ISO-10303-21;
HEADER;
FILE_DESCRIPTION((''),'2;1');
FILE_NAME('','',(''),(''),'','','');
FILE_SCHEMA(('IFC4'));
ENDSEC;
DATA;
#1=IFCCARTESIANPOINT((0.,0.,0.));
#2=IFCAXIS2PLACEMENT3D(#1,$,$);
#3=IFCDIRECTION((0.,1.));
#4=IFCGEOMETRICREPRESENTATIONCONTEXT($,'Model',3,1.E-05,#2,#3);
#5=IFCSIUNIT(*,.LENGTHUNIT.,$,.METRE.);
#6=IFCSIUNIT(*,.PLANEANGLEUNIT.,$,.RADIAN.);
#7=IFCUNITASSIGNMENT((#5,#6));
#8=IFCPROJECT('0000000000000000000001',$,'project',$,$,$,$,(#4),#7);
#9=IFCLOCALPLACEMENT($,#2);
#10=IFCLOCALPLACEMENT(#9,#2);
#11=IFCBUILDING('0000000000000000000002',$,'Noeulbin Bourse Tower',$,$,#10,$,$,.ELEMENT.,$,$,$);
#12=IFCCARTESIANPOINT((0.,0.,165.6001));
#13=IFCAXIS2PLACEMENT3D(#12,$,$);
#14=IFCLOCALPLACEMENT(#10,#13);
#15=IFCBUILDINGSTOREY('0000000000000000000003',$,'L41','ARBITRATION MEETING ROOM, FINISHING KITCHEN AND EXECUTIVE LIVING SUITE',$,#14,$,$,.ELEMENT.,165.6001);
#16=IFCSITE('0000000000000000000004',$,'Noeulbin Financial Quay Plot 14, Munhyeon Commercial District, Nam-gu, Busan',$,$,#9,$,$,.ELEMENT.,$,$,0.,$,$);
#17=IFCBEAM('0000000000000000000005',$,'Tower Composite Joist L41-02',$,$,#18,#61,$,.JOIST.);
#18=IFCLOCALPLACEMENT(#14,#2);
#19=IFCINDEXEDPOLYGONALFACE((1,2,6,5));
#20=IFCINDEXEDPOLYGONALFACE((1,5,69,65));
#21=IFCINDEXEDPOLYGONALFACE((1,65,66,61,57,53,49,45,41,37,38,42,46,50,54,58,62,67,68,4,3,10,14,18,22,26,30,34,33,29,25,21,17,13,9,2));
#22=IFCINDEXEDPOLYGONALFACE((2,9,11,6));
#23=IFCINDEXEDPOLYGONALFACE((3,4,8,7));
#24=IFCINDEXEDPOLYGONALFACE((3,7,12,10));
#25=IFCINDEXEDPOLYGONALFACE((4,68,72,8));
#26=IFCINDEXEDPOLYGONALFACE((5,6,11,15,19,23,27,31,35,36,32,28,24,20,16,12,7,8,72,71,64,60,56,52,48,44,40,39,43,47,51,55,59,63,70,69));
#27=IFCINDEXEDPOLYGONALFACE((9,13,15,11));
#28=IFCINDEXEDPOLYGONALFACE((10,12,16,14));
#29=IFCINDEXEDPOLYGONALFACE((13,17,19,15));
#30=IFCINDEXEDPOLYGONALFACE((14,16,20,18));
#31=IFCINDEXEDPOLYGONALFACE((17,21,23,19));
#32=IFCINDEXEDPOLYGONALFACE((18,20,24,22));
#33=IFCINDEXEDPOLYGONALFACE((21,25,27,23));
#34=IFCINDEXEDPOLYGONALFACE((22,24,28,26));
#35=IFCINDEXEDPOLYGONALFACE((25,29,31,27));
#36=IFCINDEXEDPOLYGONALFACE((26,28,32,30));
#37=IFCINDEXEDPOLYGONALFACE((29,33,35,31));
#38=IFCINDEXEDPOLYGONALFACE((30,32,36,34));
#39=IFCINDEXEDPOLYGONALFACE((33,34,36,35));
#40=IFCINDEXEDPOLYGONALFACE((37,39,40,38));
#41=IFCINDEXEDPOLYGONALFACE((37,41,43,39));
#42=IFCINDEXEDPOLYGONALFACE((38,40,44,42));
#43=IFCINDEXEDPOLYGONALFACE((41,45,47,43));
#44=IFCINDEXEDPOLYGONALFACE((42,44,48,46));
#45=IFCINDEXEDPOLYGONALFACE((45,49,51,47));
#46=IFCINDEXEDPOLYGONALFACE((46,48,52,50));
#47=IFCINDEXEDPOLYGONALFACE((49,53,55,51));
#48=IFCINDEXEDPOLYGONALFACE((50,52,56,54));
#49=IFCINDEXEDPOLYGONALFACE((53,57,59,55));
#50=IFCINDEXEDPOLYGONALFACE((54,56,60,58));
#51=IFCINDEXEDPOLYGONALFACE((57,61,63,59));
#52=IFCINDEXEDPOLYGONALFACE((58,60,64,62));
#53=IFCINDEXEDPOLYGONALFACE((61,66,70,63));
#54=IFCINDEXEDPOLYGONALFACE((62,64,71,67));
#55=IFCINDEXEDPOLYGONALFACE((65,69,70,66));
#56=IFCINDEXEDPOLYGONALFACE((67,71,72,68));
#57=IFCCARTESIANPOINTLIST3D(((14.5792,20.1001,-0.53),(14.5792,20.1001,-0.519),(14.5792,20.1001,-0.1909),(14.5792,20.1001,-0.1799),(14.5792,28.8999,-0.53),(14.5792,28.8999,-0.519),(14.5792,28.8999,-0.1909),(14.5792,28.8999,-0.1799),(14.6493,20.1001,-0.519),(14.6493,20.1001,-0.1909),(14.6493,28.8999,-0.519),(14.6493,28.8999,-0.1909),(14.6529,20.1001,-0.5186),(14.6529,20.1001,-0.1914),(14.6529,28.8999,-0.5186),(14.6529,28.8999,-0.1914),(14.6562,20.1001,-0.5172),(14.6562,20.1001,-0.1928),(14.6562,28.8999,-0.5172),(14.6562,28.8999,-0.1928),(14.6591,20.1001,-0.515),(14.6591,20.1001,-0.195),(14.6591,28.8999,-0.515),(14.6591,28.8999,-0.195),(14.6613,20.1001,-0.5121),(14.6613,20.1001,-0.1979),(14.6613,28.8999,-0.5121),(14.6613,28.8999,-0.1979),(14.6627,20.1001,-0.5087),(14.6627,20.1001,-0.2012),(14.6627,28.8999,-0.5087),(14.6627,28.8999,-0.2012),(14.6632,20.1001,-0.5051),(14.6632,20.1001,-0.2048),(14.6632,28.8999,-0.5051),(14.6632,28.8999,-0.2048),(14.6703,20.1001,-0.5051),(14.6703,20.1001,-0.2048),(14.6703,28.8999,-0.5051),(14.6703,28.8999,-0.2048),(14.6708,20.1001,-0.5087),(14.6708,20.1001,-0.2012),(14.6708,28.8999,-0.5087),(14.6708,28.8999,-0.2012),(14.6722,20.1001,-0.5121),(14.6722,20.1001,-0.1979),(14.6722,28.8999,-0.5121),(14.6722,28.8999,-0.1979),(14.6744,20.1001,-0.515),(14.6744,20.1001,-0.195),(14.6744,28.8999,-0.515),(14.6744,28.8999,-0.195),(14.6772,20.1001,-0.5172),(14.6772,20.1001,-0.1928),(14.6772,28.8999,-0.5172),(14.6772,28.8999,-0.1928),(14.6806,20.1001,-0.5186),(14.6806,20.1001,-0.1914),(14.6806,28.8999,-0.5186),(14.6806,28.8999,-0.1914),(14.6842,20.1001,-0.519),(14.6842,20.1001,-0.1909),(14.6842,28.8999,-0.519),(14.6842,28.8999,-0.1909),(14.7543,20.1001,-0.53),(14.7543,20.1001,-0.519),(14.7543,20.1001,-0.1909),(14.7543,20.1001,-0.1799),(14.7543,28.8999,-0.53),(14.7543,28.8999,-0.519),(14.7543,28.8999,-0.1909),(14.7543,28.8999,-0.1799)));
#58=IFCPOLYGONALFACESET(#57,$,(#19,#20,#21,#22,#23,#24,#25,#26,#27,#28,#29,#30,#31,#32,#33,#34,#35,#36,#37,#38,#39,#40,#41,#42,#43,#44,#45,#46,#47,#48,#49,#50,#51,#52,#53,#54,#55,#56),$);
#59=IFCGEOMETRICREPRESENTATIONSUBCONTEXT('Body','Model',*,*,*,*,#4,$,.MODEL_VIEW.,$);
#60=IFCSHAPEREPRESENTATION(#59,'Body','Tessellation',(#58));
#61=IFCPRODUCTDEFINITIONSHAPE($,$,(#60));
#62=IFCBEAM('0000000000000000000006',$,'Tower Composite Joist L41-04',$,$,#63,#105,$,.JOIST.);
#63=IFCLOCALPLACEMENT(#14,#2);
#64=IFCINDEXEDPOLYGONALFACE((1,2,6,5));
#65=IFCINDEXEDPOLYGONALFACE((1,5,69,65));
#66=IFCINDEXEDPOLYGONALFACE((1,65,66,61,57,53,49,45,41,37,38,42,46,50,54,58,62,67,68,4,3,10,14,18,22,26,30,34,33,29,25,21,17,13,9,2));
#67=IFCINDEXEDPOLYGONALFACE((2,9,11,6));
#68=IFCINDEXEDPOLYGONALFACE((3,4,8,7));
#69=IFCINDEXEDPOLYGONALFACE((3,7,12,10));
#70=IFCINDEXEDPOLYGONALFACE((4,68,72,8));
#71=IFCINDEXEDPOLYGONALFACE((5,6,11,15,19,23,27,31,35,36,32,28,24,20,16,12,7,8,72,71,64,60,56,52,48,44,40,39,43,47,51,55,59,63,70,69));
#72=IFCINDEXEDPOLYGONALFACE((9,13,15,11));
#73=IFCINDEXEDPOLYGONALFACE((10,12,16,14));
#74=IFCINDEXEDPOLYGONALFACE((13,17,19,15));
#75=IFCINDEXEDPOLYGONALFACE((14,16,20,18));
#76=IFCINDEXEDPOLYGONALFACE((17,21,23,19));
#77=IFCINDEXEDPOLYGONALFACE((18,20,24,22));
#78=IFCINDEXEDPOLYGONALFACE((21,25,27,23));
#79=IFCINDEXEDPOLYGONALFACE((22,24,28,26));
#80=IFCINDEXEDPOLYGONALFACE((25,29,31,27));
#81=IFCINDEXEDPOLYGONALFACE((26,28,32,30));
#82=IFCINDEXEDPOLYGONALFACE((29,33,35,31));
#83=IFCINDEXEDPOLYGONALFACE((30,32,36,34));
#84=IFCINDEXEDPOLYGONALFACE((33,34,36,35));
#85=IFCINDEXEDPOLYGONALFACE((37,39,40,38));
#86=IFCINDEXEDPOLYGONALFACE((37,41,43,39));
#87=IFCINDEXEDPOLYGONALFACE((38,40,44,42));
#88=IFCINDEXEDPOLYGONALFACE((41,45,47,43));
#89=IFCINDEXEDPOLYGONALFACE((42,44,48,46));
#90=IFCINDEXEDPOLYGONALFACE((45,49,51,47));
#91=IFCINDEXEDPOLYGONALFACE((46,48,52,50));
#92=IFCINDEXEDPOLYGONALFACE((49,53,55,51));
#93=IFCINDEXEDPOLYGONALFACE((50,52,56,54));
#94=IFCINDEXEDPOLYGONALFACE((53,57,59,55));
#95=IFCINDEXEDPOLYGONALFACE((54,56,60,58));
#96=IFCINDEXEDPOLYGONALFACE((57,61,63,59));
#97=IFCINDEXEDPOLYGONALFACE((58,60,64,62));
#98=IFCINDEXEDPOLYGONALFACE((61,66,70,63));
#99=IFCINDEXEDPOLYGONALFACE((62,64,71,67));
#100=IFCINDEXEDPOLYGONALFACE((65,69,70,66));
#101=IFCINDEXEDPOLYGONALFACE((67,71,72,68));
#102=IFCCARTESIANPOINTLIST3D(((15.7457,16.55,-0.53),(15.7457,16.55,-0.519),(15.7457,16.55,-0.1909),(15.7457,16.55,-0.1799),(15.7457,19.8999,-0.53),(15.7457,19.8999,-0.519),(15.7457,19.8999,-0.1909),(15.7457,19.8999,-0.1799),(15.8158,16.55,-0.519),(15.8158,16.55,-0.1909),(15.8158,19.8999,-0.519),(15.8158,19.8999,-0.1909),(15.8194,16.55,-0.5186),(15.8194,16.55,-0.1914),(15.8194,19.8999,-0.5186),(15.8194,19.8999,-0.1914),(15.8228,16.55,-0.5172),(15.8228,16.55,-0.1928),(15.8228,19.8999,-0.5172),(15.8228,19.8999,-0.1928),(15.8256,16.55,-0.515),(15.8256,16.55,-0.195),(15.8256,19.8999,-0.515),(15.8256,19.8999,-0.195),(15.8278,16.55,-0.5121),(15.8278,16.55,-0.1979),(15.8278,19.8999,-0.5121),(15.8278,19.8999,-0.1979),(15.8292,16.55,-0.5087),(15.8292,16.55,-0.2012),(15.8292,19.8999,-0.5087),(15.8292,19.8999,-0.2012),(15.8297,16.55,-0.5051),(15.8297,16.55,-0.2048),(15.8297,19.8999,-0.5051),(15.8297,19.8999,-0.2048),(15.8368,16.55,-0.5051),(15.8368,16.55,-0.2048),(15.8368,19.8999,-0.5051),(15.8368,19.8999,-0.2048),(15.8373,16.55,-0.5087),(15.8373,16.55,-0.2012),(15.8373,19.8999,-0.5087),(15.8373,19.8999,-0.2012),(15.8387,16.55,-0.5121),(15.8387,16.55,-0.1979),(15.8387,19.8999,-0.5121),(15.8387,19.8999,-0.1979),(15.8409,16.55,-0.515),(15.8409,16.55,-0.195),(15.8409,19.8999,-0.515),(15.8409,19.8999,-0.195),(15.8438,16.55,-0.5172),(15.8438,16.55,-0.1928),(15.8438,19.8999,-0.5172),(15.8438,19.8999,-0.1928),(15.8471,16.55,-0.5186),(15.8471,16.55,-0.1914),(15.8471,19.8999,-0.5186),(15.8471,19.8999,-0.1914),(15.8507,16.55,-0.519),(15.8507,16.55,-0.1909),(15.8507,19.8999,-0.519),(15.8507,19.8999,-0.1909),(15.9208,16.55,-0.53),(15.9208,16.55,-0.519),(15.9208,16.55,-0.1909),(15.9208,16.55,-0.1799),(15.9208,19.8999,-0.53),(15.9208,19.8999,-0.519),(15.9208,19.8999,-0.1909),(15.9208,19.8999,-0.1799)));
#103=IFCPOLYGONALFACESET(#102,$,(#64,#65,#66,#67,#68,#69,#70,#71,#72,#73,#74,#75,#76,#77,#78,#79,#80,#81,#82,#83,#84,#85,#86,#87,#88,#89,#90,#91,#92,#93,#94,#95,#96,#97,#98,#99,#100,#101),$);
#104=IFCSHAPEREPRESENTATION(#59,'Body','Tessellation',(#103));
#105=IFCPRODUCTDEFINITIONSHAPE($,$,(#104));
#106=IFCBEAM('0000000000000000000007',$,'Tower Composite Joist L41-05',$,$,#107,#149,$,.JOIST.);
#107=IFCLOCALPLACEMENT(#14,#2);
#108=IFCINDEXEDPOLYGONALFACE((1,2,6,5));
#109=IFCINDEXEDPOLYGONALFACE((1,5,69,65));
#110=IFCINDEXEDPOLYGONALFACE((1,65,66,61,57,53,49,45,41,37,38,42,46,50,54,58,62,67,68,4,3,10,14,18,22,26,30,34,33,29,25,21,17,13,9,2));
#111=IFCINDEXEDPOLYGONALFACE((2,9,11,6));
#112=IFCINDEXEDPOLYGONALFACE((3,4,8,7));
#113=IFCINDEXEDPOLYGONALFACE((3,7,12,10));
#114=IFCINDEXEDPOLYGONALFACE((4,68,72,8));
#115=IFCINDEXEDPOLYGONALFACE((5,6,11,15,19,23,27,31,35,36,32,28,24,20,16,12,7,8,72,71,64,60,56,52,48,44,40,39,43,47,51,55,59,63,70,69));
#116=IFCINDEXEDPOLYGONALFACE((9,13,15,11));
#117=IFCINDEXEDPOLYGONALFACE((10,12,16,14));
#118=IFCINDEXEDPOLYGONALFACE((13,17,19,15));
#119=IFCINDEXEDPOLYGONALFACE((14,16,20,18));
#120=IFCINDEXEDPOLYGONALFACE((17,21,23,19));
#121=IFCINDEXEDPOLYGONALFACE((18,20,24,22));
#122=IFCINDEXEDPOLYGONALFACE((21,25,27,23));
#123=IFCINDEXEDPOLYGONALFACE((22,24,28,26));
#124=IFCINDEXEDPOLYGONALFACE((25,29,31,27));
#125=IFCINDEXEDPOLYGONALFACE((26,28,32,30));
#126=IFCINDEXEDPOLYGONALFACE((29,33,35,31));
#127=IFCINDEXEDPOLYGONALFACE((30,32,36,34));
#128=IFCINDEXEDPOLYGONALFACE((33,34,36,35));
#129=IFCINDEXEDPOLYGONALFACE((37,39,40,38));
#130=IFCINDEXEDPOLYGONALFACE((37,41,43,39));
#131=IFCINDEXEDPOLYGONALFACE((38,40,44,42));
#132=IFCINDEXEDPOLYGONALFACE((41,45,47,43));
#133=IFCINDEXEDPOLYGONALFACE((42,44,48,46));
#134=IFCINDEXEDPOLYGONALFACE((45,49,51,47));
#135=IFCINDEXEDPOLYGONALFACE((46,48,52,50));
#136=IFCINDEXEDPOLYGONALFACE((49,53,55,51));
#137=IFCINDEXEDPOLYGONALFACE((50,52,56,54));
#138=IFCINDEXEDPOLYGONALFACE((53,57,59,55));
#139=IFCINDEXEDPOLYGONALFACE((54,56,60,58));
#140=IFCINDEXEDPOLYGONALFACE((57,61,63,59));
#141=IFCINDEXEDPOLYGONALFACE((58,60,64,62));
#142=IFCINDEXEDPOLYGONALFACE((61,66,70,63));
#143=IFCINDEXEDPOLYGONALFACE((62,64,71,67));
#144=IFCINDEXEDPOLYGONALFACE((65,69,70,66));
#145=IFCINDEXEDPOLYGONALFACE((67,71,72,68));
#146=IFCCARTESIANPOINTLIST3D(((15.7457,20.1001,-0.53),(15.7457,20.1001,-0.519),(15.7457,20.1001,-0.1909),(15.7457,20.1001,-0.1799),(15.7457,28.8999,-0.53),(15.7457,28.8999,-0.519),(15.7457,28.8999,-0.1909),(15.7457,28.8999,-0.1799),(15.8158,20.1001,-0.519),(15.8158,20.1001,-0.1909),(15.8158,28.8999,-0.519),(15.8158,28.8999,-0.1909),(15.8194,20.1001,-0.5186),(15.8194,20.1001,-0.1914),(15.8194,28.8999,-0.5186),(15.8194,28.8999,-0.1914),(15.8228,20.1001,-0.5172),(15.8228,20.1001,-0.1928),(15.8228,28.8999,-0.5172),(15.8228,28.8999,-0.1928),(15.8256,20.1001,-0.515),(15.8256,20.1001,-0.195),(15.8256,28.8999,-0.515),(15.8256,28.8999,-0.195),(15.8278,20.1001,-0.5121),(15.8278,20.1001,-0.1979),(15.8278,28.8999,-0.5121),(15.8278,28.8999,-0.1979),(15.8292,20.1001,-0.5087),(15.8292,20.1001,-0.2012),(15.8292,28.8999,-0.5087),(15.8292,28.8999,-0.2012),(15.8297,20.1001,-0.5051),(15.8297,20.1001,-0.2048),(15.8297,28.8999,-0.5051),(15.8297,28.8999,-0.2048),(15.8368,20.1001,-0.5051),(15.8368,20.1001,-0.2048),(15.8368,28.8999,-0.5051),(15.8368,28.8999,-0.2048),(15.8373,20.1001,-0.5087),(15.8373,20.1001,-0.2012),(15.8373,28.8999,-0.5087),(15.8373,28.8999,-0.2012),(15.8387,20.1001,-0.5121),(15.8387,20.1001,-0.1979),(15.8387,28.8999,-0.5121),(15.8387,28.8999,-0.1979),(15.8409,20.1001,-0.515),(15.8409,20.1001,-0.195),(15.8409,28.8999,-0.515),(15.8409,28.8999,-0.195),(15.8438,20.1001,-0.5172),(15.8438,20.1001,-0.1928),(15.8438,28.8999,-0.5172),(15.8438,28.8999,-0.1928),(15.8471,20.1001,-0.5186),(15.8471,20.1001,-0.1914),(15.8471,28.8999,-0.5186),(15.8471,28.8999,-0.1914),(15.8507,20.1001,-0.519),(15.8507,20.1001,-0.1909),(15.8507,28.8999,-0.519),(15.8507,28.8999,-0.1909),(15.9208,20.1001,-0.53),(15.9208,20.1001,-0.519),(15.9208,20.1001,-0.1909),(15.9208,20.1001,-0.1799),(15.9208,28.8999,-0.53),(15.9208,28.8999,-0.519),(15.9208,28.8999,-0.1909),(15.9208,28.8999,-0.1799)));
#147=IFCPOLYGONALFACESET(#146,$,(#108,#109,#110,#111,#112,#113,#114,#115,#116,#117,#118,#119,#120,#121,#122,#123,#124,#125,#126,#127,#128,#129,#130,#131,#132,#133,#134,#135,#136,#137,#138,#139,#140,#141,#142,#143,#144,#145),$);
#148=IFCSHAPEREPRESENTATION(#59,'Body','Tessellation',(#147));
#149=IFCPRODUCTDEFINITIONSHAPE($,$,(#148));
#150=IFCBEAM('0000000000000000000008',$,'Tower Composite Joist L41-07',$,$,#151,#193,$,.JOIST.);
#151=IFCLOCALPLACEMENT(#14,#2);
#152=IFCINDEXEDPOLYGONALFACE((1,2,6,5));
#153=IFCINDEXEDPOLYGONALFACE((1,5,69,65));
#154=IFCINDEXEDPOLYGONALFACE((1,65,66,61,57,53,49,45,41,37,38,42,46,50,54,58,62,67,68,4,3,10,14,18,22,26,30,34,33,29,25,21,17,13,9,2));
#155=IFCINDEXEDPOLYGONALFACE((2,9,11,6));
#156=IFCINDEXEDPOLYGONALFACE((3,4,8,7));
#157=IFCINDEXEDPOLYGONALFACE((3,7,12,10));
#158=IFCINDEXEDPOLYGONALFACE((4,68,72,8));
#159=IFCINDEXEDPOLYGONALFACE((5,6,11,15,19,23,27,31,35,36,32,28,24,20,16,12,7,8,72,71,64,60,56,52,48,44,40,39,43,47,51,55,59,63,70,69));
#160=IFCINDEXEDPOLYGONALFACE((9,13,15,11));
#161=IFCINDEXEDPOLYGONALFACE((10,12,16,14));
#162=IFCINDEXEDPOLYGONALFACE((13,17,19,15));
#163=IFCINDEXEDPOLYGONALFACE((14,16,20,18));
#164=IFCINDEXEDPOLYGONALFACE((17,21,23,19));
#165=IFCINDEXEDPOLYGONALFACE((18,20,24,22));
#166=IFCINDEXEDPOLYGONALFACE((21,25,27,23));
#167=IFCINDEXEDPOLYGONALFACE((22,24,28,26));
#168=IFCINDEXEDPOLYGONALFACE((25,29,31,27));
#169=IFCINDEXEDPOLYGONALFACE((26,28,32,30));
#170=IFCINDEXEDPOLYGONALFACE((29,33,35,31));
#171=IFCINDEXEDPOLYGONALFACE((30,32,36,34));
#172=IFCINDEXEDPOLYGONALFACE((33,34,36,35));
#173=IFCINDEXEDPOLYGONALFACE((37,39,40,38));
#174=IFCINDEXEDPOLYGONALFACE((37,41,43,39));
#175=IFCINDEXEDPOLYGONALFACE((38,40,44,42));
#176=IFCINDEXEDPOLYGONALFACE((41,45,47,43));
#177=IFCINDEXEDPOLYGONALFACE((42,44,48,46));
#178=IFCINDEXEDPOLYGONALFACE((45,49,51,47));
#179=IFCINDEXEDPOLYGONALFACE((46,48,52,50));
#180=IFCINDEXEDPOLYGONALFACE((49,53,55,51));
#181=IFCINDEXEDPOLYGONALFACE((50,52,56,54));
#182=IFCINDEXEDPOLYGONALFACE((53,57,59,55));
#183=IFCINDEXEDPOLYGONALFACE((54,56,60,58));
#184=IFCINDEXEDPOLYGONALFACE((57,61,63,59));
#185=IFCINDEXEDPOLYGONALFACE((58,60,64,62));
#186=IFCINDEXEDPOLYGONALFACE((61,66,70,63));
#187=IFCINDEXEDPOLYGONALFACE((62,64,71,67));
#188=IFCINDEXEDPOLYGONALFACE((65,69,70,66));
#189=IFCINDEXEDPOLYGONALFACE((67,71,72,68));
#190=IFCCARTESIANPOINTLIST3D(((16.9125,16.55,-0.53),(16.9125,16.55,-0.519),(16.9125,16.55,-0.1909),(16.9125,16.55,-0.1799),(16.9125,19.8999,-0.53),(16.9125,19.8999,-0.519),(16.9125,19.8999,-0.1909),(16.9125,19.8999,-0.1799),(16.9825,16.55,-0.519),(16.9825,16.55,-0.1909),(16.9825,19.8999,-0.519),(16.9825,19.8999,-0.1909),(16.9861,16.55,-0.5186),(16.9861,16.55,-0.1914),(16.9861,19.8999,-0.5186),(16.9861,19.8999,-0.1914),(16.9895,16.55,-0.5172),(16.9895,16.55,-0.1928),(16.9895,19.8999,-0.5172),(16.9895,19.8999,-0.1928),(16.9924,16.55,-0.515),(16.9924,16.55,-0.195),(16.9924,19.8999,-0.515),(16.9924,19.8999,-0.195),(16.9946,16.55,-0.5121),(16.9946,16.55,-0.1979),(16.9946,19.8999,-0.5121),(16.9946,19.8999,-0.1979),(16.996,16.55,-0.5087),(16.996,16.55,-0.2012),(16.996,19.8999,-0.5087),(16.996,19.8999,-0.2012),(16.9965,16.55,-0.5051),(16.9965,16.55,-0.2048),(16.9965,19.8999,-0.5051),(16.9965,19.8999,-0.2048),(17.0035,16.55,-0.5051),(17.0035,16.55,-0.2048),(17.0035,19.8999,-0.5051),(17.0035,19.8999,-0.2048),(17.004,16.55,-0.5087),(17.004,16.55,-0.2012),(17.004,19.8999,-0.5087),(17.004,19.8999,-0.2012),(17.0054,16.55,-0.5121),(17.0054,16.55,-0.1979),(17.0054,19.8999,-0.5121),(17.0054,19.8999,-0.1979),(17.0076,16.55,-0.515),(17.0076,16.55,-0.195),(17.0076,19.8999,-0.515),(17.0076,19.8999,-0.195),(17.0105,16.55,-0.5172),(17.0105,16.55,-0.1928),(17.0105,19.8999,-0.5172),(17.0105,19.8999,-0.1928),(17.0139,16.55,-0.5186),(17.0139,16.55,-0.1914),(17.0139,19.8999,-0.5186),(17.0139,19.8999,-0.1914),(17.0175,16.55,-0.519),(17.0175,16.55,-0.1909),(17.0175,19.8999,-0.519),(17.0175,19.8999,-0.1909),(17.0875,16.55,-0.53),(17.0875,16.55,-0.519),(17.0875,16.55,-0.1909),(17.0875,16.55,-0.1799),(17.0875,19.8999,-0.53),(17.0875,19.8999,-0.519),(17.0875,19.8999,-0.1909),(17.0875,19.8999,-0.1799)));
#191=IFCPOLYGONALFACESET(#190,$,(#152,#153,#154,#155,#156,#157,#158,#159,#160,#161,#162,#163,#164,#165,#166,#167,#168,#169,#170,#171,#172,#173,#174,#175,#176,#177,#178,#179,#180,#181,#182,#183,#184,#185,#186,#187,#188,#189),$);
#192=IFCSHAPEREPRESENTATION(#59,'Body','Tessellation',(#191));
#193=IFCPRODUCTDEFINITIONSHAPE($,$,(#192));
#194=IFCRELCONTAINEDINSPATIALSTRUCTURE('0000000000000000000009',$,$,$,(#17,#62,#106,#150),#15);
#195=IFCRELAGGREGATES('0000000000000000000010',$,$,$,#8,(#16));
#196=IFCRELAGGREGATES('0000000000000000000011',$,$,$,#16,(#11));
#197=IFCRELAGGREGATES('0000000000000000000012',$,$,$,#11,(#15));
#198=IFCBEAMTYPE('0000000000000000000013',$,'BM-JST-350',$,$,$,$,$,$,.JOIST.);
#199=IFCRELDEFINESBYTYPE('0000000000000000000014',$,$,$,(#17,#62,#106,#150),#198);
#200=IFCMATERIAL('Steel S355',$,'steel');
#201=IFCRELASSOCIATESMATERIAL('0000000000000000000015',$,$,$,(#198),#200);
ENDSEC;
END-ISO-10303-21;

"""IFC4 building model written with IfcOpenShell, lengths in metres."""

from ifc_helpers import new_model, si_unit, direction, frame, origin, origin_2d, place, context, subcontext, project, spatial, i_section, extrude, material, material_profile, profile_set, type_object, element, save


model = new_model("IFC4")

# Units and contexts
model_context = context("Model", 3, precision=1e-05, world=origin(), true_north=direction((0.0, 1.0)))
body_context = subcontext(model_context, "Body", "Model", "MODEL_VIEW")
ifc_project = project(units=[si_unit("LENGTHUNIT", "METRE"), si_unit("PLANEANGLEUNIT", "RADIAN")], contexts=[model_context])

# Site, building, storey
site_placement = place(None, origin())
site = spatial("IfcSite", under=ifc_project, at=site_placement, Name="Noeulbin Financial Quay Plot 14, Munhyeon Commercial District, Nam-gu, Busan", CompositionType="ELEMENT", RefElevation=0.0)
building_placement = place(site_placement, origin())
building = spatial("IfcBuilding", under=site, at=building_placement, Name="Noeulbin Bourse Tower", CompositionType="ELEMENT")
storey_placement = place(building_placement, frame((0.0, 0.0, 165.6001)))
storey = spatial("IfcBuildingStorey", under=building, at=storey_placement, Name="L41", Description="ARBITRATION MEETING ROOM, FINISHING KITCHEN AND EXECUTIVE LIVING SUITE", CompositionType="ELEMENT", Elevation=165.6001)

# Shared definitions
ifc_material_1 = material(Name="Steel S355", Category="steel")

# Beams
ifc_material_profile_1 = material_profile(ifc_material_1, i_section(OverallWidth=0.175, OverallDepth=0.3501, WebThickness=0.0071, FlangeThickness=0.011, FilletRadius=0.0139, at=origin_2d()), Name="H-350x175x7x11", Category="LoadBearing")
ifc_profile_set_1 = profile_set([ifc_material_profile_1], Name="Steel S355")
beam_type_1 = type_object("IfcBeamType", Name="BM-JST-350", PredefinedType="JOIST", material=ifc_profile_set_1)
beam_1_placement = place(storey_placement, frame((14.6667, 20.1001, -0.355), z_axis=(0.0, 1.0, 0.0), x_axis=(-1.0, 0.0, 0.0)))
element("IfcBeam", 1, at=beam_1_placement, inside=storey, type_object=beam_type_1, Name="Tower Composite Joist L41-02", PredefinedType="JOIST", context=body_context, shape_type="SweptSolid", body=[
    extrude(i_section(OverallWidth=0.175, OverallDepth=0.3501, WebThickness=0.0071, FlangeThickness=0.011, FilletRadius=0.0139, at=origin_2d()), origin(), (0.0, 0.0, 1.0), 8.7998),
])
beam_2_placement = place(storey_placement, frame((15.8333, 16.55, -0.355), z_axis=(0.0, 1.0, 0.0), x_axis=(-1.0, 0.0, 0.0)))
element("IfcBeam", 2, at=beam_2_placement, inside=storey, type_object=beam_type_1, Name="Tower Composite Joist L41-04", PredefinedType="JOIST", context=body_context, shape_type="SweptSolid", body=[
    extrude(i_section(OverallWidth=0.175, OverallDepth=0.3501, WebThickness=0.0071, FlangeThickness=0.011, FilletRadius=0.0139, at=origin_2d()), origin(), (0.0, 0.0, 1.0), 3.3499),
])
beam_3_placement = place(storey_placement, frame((15.8333, 20.1001, -0.355), z_axis=(0.0, 1.0, 0.0), x_axis=(-1.0, 0.0, 0.0)))
element("IfcBeam", 3, at=beam_3_placement, inside=storey, type_object=beam_type_1, Name="Tower Composite Joist L41-05", PredefinedType="JOIST", context=body_context, shape_type="SweptSolid", body=[
    extrude(i_section(OverallWidth=0.175, OverallDepth=0.3501, WebThickness=0.0071, FlangeThickness=0.011, FilletRadius=0.0139, at=origin_2d()), origin(), (0.0, 0.0, 1.0), 8.7998),
])
beam_4_placement = place(storey_placement, frame((17.0, 16.55, -0.355), z_axis=(0.0, 1.0, 0.0), x_axis=(-1.0, 0.0, 0.0)))
element("IfcBeam", 4, at=beam_4_placement, inside=storey, type_object=beam_type_1, Name="Tower Composite Joist L41-07", PredefinedType="JOIST", context=body_context, shape_type="SweptSolid", body=[
    extrude(i_section(OverallWidth=0.175, OverallDepth=0.3501, WebThickness=0.0071, FlangeThickness=0.011, FilletRadius=0.0139, at=origin_2d()), origin(), (0.0, 0.0, 1.0), 3.3499),
])

save(model, "model.ifc")
